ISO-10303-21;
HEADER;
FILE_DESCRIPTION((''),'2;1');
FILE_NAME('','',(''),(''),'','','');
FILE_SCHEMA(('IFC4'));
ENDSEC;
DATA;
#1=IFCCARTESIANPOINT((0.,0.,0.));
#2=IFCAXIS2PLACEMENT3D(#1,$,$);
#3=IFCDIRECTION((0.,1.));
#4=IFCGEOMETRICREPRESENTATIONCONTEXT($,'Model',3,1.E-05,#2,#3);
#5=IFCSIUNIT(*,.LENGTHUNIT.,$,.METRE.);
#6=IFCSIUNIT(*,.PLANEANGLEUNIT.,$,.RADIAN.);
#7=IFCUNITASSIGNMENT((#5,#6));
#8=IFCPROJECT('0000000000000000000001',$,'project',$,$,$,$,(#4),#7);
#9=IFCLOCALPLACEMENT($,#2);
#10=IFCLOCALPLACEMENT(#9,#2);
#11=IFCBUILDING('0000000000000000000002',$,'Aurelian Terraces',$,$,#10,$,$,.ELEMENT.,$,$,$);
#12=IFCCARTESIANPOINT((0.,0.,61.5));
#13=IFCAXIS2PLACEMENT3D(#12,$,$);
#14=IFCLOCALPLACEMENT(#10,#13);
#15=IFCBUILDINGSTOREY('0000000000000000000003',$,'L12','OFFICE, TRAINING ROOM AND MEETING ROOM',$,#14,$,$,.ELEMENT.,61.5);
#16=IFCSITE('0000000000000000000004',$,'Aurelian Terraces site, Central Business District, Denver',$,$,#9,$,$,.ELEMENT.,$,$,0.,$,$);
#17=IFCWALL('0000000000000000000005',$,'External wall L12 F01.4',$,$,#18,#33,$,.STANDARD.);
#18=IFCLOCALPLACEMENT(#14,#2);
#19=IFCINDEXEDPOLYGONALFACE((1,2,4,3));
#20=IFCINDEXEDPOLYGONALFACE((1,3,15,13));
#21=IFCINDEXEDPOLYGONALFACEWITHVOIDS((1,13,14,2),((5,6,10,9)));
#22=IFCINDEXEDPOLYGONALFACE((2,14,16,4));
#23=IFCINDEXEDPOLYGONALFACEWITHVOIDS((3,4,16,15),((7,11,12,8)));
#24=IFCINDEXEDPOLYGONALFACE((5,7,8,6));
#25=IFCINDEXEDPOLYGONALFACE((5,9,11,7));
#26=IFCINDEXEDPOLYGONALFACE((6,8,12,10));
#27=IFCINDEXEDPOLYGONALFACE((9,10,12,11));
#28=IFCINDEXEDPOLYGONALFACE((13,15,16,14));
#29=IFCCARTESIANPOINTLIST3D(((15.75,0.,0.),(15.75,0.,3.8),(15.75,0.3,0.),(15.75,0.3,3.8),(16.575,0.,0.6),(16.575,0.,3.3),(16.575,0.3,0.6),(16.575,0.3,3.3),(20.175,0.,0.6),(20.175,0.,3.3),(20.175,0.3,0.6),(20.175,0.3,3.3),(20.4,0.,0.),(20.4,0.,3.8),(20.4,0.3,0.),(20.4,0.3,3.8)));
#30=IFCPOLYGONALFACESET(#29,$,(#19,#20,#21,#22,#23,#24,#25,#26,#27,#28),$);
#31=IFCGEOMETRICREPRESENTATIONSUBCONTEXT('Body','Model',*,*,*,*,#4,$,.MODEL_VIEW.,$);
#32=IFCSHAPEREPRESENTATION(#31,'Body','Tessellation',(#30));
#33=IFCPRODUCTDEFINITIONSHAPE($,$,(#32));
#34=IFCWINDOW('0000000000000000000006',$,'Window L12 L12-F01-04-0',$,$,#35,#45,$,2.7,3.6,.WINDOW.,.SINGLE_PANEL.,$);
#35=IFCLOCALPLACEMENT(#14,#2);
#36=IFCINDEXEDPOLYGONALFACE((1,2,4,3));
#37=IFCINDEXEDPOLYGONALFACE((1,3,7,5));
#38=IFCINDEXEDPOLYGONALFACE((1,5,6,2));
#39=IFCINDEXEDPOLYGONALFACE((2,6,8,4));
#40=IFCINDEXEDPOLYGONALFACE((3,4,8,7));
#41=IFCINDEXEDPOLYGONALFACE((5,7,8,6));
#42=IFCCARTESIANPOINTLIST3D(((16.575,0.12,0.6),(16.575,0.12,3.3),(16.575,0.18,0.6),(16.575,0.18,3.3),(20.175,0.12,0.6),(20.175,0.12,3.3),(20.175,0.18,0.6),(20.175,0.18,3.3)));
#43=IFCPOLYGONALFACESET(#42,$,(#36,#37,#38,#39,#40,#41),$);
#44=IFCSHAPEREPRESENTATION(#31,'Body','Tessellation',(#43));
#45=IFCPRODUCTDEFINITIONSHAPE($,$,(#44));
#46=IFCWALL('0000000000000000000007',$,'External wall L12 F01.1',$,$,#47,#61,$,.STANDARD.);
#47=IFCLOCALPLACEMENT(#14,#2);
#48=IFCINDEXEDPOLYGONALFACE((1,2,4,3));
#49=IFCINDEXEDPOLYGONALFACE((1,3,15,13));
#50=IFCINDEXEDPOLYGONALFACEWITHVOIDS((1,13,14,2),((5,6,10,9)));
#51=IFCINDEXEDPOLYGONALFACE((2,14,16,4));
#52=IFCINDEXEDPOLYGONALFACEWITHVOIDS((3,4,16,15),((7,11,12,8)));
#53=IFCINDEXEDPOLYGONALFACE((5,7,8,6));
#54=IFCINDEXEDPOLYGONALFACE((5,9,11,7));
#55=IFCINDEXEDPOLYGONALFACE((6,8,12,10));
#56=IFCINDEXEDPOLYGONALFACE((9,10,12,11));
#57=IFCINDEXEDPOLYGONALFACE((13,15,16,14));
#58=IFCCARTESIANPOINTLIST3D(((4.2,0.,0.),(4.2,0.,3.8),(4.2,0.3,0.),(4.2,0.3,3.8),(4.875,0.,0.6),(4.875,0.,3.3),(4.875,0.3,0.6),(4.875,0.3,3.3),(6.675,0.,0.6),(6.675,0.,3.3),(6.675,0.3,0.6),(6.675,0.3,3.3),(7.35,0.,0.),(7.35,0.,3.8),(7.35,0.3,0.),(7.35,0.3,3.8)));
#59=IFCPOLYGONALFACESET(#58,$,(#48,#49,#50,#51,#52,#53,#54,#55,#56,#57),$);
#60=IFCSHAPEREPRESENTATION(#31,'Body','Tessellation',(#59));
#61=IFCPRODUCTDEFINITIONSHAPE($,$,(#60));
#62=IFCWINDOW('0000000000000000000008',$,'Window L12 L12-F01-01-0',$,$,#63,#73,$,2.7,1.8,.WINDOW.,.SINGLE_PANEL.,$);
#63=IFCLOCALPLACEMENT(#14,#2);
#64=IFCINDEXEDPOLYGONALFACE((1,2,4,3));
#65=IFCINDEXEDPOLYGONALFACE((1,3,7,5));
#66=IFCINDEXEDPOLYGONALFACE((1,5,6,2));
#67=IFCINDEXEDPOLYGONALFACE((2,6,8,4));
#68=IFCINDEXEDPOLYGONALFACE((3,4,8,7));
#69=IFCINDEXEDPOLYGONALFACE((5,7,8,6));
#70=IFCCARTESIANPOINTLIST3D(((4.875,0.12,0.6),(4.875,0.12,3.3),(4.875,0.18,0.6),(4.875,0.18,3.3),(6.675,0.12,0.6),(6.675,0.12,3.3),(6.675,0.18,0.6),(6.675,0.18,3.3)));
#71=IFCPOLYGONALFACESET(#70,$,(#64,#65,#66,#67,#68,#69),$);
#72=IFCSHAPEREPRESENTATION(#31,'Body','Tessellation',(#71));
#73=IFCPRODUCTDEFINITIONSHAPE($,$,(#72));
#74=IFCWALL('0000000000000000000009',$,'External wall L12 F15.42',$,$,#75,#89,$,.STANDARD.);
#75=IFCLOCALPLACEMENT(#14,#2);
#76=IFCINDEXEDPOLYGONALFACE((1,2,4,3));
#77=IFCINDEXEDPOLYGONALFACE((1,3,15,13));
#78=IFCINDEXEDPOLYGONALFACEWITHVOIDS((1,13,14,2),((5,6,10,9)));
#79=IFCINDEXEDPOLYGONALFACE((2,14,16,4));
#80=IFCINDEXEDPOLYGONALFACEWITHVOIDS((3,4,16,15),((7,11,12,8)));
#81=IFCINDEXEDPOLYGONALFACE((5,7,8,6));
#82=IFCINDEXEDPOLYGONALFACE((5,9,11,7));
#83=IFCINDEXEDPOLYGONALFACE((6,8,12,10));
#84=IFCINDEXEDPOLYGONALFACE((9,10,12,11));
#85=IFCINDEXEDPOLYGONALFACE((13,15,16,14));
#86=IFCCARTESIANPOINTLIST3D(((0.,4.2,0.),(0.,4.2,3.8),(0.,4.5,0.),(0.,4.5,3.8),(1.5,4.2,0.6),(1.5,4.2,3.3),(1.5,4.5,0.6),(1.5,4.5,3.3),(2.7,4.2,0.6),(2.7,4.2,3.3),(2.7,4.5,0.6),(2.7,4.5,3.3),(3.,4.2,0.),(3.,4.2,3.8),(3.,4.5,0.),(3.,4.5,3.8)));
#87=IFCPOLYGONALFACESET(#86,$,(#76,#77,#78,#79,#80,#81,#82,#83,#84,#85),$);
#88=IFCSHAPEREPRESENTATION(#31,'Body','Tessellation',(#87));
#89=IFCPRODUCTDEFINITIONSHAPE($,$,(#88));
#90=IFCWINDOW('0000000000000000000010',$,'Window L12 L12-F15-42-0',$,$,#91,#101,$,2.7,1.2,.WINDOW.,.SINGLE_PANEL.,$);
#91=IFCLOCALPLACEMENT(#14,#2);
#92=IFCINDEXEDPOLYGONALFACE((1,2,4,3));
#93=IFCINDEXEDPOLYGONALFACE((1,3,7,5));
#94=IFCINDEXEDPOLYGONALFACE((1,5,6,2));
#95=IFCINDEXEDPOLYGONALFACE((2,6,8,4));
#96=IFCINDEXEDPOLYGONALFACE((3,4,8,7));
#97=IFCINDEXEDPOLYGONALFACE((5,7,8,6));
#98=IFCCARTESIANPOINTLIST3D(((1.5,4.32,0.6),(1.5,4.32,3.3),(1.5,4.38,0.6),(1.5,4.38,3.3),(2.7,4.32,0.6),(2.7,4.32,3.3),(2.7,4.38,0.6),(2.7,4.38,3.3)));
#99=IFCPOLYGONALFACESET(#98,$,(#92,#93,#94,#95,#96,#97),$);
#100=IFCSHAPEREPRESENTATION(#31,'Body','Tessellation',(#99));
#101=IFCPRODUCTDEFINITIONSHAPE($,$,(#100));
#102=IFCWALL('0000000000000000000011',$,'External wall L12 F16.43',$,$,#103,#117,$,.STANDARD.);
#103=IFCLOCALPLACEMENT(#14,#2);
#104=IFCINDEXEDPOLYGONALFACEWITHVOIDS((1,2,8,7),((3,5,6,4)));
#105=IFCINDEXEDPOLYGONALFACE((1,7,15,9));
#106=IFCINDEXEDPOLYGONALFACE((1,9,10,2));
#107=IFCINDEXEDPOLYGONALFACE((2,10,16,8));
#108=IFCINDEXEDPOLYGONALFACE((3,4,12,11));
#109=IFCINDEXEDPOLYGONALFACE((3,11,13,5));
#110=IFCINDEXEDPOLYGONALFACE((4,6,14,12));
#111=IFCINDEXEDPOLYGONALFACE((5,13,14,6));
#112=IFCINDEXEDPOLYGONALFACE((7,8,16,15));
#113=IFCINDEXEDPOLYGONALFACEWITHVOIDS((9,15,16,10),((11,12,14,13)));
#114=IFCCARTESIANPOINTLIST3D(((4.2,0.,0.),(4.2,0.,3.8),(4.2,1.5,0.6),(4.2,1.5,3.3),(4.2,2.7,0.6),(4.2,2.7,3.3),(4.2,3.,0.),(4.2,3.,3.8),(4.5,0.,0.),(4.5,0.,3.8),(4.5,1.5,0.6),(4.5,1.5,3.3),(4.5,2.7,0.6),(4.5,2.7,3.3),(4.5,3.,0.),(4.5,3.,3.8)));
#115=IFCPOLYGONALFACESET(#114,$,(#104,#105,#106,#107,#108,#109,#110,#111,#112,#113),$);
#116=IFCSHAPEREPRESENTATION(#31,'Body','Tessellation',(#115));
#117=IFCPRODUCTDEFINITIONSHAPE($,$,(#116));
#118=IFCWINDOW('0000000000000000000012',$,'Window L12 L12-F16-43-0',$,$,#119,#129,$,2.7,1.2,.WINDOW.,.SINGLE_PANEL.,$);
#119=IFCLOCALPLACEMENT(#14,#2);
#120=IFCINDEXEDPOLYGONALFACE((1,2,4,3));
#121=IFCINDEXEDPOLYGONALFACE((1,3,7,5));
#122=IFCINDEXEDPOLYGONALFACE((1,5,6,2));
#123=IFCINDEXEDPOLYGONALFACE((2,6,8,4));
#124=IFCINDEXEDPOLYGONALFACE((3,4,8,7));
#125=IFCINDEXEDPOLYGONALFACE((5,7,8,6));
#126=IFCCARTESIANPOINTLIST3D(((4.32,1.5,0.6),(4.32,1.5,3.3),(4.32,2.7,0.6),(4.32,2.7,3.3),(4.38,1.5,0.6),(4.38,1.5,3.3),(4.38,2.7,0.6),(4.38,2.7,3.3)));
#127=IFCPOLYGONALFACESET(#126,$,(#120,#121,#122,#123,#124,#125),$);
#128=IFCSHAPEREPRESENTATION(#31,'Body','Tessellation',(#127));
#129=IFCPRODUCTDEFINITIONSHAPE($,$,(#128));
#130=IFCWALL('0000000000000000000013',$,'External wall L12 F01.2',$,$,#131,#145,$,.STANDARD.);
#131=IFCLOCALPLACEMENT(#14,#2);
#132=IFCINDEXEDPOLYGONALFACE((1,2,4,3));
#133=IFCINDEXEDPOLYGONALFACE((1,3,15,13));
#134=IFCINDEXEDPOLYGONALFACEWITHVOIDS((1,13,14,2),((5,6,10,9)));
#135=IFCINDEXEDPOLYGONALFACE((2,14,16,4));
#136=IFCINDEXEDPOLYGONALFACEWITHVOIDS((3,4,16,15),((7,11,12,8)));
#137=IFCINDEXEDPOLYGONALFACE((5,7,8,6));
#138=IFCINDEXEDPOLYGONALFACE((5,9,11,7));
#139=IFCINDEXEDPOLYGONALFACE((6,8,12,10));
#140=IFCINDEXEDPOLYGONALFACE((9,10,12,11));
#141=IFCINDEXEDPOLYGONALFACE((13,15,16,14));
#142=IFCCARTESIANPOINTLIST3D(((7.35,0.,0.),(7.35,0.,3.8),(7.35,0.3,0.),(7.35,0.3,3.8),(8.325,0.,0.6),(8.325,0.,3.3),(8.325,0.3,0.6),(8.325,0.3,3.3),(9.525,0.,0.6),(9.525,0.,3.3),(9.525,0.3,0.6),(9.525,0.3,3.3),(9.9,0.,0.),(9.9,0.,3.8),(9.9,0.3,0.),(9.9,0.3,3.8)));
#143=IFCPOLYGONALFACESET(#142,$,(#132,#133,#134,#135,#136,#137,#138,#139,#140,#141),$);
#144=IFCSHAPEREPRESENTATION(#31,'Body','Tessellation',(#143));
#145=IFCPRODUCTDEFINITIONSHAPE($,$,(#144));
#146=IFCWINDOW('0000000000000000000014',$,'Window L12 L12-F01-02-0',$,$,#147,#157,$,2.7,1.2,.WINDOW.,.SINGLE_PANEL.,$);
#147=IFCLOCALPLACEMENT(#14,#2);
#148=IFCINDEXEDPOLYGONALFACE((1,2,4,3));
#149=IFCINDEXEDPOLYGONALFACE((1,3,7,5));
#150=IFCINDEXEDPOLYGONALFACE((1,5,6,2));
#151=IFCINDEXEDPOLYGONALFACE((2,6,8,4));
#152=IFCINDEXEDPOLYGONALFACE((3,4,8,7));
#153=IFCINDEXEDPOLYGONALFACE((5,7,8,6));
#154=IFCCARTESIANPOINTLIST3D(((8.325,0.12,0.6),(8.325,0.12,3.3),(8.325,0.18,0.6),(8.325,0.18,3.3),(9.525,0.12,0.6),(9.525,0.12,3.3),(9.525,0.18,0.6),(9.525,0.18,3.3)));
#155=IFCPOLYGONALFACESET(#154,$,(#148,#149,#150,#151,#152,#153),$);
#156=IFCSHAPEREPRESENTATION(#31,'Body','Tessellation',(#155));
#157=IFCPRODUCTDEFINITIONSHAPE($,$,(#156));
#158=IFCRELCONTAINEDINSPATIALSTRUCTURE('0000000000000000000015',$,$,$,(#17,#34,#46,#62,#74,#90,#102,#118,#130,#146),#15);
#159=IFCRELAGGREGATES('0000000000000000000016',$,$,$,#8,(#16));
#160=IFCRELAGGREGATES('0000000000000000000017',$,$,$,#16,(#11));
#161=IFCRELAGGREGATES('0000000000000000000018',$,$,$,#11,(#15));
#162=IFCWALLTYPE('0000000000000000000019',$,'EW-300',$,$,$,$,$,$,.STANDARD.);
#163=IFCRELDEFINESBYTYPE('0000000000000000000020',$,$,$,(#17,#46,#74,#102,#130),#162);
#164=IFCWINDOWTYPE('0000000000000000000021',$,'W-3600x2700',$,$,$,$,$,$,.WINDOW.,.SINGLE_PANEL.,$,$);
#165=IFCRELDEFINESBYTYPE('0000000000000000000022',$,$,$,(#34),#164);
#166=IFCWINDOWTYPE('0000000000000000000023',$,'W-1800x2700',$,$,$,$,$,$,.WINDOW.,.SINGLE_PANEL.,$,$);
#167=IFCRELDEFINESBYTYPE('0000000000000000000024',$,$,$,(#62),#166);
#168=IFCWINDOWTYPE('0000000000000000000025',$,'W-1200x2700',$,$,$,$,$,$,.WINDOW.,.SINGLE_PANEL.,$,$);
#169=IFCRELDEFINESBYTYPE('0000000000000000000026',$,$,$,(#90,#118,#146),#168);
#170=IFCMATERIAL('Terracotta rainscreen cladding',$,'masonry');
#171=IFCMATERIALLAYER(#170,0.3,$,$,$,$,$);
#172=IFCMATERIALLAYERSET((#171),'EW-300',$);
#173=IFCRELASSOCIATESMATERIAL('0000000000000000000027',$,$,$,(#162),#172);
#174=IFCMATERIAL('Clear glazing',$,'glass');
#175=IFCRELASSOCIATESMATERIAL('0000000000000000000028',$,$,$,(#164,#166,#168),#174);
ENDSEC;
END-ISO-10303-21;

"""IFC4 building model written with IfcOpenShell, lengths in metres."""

from ifc_helpers import new_model, si_unit, direction, frame, frame_2d, origin, place, context, subcontext, project, spatial, rectangle, extrude, source, transform, mapped, material, layer, layer_set, type_object, element, fill, save


model = new_model("IFC4")

# Units and contexts
model_context = context("Model", 3, precision=1e-05, world=origin(), true_north=direction((0.0, 1.0)))
body_context = subcontext(model_context, "Body", "Model", "MODEL_VIEW")
ifc_project = project(units=[si_unit("LENGTHUNIT", "METRE"), si_unit("PLANEANGLEUNIT", "RADIAN")], contexts=[model_context])

# Site, building, storey
site_placement = place(None, origin())
site = spatial("IfcSite", under=ifc_project, at=site_placement, Name="Aurelian Terraces site, Central Business District, Denver", CompositionType="ELEMENT", RefElevation=0.0)
building_placement = place(site_placement, origin())
building = spatial("IfcBuilding", under=site, at=building_placement, Name="Aurelian Terraces", CompositionType="ELEMENT")
storey_placement = place(building_placement, frame((0.0, 0.0, 61.5)))
storey = spatial("IfcBuildingStorey", under=building, at=storey_placement, Name="L12", Description="OFFICE, TRAINING ROOM AND MEETING ROOM", CompositionType="ELEMENT", Elevation=61.5)

# Walls, openings, windows
ifc_material_1 = material(Name="Terracotta rainscreen cladding", Category="masonry")
ifc_layer_1 = layer(ifc_material_1, 0.3)
ifc_layer_set_1 = layer_set([ifc_layer_1], Name="EW-300")
wall_type_1 = type_object("IfcWallType", Name="EW-300", PredefinedType="STANDARD", material=ifc_layer_set_1)
shared_shape_1 = source(origin(), body_context, "Body", "SweptSolid", [
    extrude(rectangle(XDim=4.65, YDim=0.3, at=frame_2d((2.325, 0.0))), origin(), (0.0, 0.0, 1.0), 3.8),
])
shared_shape_2 = source(origin(), body_context, "Body", "SweptSolid", [
    extrude(rectangle(XDim=3.6, YDim=2.7, at=frame_2d((1.8, 1.35))), frame((0.0, 0.16, 0.0), z_axis=(0.0, -1.0, 0.0), x_axis=(1.0, 0.0, 0.0)), (0.0, 0.0, 1.0), 0.32),
])
ifc_material_2 = material(Name="Clear glazing", Category="glass")
window_type_1 = type_object("IfcWindowType", Name="W-3600x2700", PartitioningType="SINGLE_PANEL", PredefinedType="WINDOW", material=ifc_material_2)
shared_shape_3 = source(origin(), body_context, "Body", "SweptSolid", [
    extrude(rectangle(XDim=3.6, YDim=2.7, at=frame_2d((1.8, 1.35))), frame((0.0, 0.03, 0.0), z_axis=(0.0, -1.0, 0.0), x_axis=(1.0, 0.0, 0.0)), (0.0, 0.0, 1.0), 0.06),
])
wall_1_placement = place(storey_placement, frame((15.75, 0.15, 0.0), z_axis=(0.0, 0.0, 1.0), x_axis=(1.0, 0.0, 0.0)))
wall_1 = element("IfcWall", 1, at=wall_1_placement, inside=storey, type_object=wall_type_1, Name="External wall L12 F01.4", PredefinedType="STANDARD", context=body_context, shape_type="MappedRepresentation", body=[
    mapped(shared_shape_1, transform((0.0, 0.0, 0.0), scale=1.0)),
])
opening_1_placement = place(wall_1_placement, frame((0.825, 0.0, 0.6)))
opening_1 = element("IfcOpeningElement", 2, at=opening_1_placement, cuts=wall_1, PredefinedType="OPENING", context=body_context, shape_type="MappedRepresentation", body=[
    mapped(shared_shape_2, transform((0.0, 0.0, 0.0), scale=1.0)),
])
window_1_placement = place(opening_1_placement, origin())
window_1 = element("IfcWindow", 3, at=window_1_placement, inside=storey, type_object=window_type_1, Name="Window L12 L12-F01-04-0", OverallHeight=2.7, OverallWidth=3.6, PartitioningType="SINGLE_PANEL", PredefinedType="WINDOW", context=body_context, shape_type="MappedRepresentation", body=[
    mapped(shared_shape_3, transform((0.0, 0.0, 0.0), scale=1.0)),
])
fill(opening_1, window_1)
shared_shape_4 = source(origin(), body_context, "Body", "SweptSolid", [
    extrude(rectangle(XDim=3.15, YDim=0.3, at=frame_2d((1.575, 0.0))), origin(), (0.0, 0.0, 1.0), 3.8),
])
wall_2_placement = place(storey_placement, frame((4.2, 0.15, 0.0), z_axis=(0.0, 0.0, 1.0), x_axis=(1.0, 0.0, 0.0)))
wall_2 = element("IfcWall", 4, at=wall_2_placement, inside=storey, type_object=wall_type_1, Name="External wall L12 F01.1", PredefinedType="STANDARD", context=body_context, shape_type="MappedRepresentation", body=[
    mapped(shared_shape_4, transform((0.0, 0.0, 0.0), scale=1.0)),
])
shared_shape_5 = source(origin(), body_context, "Body", "SweptSolid", [
    extrude(rectangle(XDim=1.8, YDim=2.7, at=frame_2d((0.9, 1.35))), frame((0.0, 0.16, 0.0), z_axis=(0.0, -1.0, 0.0), x_axis=(1.0, 0.0, 0.0)), (0.0, 0.0, 1.0), 0.32),
])
opening_2_placement = place(wall_2_placement, frame((0.675, 0.0, 0.6)))
opening_2 = element("IfcOpeningElement", 5, at=opening_2_placement, cuts=wall_2, PredefinedType="OPENING", context=body_context, shape_type="MappedRepresentation", body=[
    mapped(shared_shape_5, transform((0.0, 0.0, 0.0), scale=1.0)),
])
window_type_2 = type_object("IfcWindowType", Name="W-1800x2700", PartitioningType="SINGLE_PANEL", PredefinedType="WINDOW", material=ifc_material_2)
shared_shape_6 = source(origin(), body_context, "Body", "SweptSolid", [
    extrude(rectangle(XDim=1.8, YDim=2.7, at=frame_2d((0.9, 1.35))), frame((0.0, 0.03, 0.0), z_axis=(0.0, -1.0, 0.0), x_axis=(1.0, 0.0, 0.0)), (0.0, 0.0, 1.0), 0.06),
])
window_2_placement = place(opening_2_placement, origin())
window_2 = element("IfcWindow", 6, at=window_2_placement, inside=storey, type_object=window_type_2, Name="Window L12 L12-F01-01-0", OverallHeight=2.7, OverallWidth=1.8, PartitioningType="SINGLE_PANEL", PredefinedType="WINDOW", context=body_context, shape_type="MappedRepresentation", body=[
    mapped(shared_shape_6, transform((0.0, 0.0, 0.0), scale=1.0)),
])
fill(opening_2, window_2)
shared_shape_7 = source(origin(), body_context, "Body", "SweptSolid", [
    extrude(rectangle(XDim=3.0, YDim=0.3, at=frame_2d((1.5, 0.0))), origin(), (0.0, 0.0, 1.0), 3.8),
])
wall_3_placement = place(storey_placement, frame((0.0, 4.35, 0.0), z_axis=(0.0, 0.0, 1.0), x_axis=(1.0, 0.0, 0.0)))
wall_3 = element("IfcWall", 7, at=wall_3_placement, inside=storey, type_object=wall_type_1, Name="External wall L12 F15.42", PredefinedType="STANDARD", context=body_context, shape_type="MappedRepresentation", body=[
    mapped(shared_shape_7, transform((0.0, 0.0, 0.0), scale=1.0)),
])
shared_shape_8 = source(origin(), body_context, "Body", "SweptSolid", [
    extrude(rectangle(XDim=1.2, YDim=2.7, at=frame_2d((0.6, 1.35))), frame((0.0, 0.16, 0.0), z_axis=(0.0, -1.0, 0.0), x_axis=(1.0, 0.0, 0.0)), (0.0, 0.0, 1.0), 0.32),
])
opening_3_placement = place(wall_3_placement, frame((1.5, 0.0, 0.6)))
opening_3 = element("IfcOpeningElement", 8, at=opening_3_placement, cuts=wall_3, PredefinedType="OPENING", context=body_context, shape_type="MappedRepresentation", body=[
    mapped(shared_shape_8, transform((0.0, 0.0, 0.0), scale=1.0)),
])
window_type_3 = type_object("IfcWindowType", Name="W-1200x2700", PartitioningType="SINGLE_PANEL", PredefinedType="WINDOW", material=ifc_material_2)
shared_shape_9 = source(origin(), body_context, "Body", "SweptSolid", [
    extrude(rectangle(XDim=1.2, YDim=2.7, at=frame_2d((0.6, 1.35))), frame((0.0, 0.03, 0.0), z_axis=(0.0, -1.0, 0.0), x_axis=(1.0, 0.0, 0.0)), (0.0, 0.0, 1.0), 0.06),
])
window_3_placement = place(opening_3_placement, origin())
window_3 = element("IfcWindow", 9, at=window_3_placement, inside=storey, type_object=window_type_3, Name="Window L12 L12-F15-42-0", OverallHeight=2.7, OverallWidth=1.2, PartitioningType="SINGLE_PANEL", PredefinedType="WINDOW", context=body_context, shape_type="MappedRepresentation", body=[
    mapped(shared_shape_9, transform((0.0, 0.0, 0.0), scale=1.0)),
])
fill(opening_3, window_3)
wall_4_placement = place(storey_placement, frame((4.35, 3.0, 0.0), z_axis=(0.0, 0.0, 1.0), x_axis=(0.0, -1.0, 0.0)))
wall_4 = element("IfcWall", 10, at=wall_4_placement, inside=storey, type_object=wall_type_1, Name="External wall L12 F16.43", PredefinedType="STANDARD", context=body_context, shape_type="MappedRepresentation", body=[
    mapped(shared_shape_7, transform((0.0, 0.0, 0.0), scale=1.0)),
])
opening_4_placement = place(wall_4_placement, frame((0.3, 0.0, 0.6)))
opening_4 = element("IfcOpeningElement", 11, at=opening_4_placement, cuts=wall_4, PredefinedType="OPENING", context=body_context, shape_type="MappedRepresentation", body=[
    mapped(shared_shape_8, transform((0.0, 0.0, 0.0), scale=1.0)),
])
window_4_placement = place(opening_4_placement, origin())
window_4 = element("IfcWindow", 12, at=window_4_placement, inside=storey, type_object=window_type_3, Name="Window L12 L12-F16-43-0", OverallHeight=2.7, OverallWidth=1.2, PartitioningType="SINGLE_PANEL", PredefinedType="WINDOW", context=body_context, shape_type="MappedRepresentation", body=[
    mapped(shared_shape_9, transform((0.0, 0.0, 0.0), scale=1.0)),
])
fill(opening_4, window_4)
shared_shape_10 = source(origin(), body_context, "Body", "SweptSolid", [
    extrude(rectangle(XDim=2.55, YDim=0.3, at=frame_2d((1.275, 0.0))), origin(), (0.0, 0.0, 1.0), 3.8),
])
wall_5_placement = place(storey_placement, frame((7.35, 0.15, 0.0), z_axis=(0.0, 0.0, 1.0), x_axis=(1.0, 0.0, 0.0)))
wall_5 = element("IfcWall", 13, at=wall_5_placement, inside=storey, type_object=wall_type_1, Name="External wall L12 F01.2", PredefinedType="STANDARD", context=body_context, shape_type="MappedRepresentation", body=[
    mapped(shared_shape_10, transform((0.0, 0.0, 0.0), scale=1.0)),
])
opening_5_placement = place(wall_5_placement, frame((0.975, 0.0, 0.6)))
opening_5 = element("IfcOpeningElement", 14, at=opening_5_placement, cuts=wall_5, PredefinedType="OPENING", context=body_context, shape_type="MappedRepresentation", body=[
    mapped(shared_shape_8, transform((0.0, 0.0, 0.0), scale=1.0)),
])
window_5_placement = place(opening_5_placement, origin())
window_5 = element("IfcWindow", 15, at=window_5_placement, inside=storey, type_object=window_type_3, Name="Window L12 L12-F01-02-0", OverallHeight=2.7, OverallWidth=1.2, PartitioningType="SINGLE_PANEL", PredefinedType="WINDOW", context=body_context, shape_type="MappedRepresentation", body=[
    mapped(shared_shape_9, transform((0.0, 0.0, 0.0), scale=1.0)),
])
fill(opening_5, window_5)

save(model, "model.ifc")
